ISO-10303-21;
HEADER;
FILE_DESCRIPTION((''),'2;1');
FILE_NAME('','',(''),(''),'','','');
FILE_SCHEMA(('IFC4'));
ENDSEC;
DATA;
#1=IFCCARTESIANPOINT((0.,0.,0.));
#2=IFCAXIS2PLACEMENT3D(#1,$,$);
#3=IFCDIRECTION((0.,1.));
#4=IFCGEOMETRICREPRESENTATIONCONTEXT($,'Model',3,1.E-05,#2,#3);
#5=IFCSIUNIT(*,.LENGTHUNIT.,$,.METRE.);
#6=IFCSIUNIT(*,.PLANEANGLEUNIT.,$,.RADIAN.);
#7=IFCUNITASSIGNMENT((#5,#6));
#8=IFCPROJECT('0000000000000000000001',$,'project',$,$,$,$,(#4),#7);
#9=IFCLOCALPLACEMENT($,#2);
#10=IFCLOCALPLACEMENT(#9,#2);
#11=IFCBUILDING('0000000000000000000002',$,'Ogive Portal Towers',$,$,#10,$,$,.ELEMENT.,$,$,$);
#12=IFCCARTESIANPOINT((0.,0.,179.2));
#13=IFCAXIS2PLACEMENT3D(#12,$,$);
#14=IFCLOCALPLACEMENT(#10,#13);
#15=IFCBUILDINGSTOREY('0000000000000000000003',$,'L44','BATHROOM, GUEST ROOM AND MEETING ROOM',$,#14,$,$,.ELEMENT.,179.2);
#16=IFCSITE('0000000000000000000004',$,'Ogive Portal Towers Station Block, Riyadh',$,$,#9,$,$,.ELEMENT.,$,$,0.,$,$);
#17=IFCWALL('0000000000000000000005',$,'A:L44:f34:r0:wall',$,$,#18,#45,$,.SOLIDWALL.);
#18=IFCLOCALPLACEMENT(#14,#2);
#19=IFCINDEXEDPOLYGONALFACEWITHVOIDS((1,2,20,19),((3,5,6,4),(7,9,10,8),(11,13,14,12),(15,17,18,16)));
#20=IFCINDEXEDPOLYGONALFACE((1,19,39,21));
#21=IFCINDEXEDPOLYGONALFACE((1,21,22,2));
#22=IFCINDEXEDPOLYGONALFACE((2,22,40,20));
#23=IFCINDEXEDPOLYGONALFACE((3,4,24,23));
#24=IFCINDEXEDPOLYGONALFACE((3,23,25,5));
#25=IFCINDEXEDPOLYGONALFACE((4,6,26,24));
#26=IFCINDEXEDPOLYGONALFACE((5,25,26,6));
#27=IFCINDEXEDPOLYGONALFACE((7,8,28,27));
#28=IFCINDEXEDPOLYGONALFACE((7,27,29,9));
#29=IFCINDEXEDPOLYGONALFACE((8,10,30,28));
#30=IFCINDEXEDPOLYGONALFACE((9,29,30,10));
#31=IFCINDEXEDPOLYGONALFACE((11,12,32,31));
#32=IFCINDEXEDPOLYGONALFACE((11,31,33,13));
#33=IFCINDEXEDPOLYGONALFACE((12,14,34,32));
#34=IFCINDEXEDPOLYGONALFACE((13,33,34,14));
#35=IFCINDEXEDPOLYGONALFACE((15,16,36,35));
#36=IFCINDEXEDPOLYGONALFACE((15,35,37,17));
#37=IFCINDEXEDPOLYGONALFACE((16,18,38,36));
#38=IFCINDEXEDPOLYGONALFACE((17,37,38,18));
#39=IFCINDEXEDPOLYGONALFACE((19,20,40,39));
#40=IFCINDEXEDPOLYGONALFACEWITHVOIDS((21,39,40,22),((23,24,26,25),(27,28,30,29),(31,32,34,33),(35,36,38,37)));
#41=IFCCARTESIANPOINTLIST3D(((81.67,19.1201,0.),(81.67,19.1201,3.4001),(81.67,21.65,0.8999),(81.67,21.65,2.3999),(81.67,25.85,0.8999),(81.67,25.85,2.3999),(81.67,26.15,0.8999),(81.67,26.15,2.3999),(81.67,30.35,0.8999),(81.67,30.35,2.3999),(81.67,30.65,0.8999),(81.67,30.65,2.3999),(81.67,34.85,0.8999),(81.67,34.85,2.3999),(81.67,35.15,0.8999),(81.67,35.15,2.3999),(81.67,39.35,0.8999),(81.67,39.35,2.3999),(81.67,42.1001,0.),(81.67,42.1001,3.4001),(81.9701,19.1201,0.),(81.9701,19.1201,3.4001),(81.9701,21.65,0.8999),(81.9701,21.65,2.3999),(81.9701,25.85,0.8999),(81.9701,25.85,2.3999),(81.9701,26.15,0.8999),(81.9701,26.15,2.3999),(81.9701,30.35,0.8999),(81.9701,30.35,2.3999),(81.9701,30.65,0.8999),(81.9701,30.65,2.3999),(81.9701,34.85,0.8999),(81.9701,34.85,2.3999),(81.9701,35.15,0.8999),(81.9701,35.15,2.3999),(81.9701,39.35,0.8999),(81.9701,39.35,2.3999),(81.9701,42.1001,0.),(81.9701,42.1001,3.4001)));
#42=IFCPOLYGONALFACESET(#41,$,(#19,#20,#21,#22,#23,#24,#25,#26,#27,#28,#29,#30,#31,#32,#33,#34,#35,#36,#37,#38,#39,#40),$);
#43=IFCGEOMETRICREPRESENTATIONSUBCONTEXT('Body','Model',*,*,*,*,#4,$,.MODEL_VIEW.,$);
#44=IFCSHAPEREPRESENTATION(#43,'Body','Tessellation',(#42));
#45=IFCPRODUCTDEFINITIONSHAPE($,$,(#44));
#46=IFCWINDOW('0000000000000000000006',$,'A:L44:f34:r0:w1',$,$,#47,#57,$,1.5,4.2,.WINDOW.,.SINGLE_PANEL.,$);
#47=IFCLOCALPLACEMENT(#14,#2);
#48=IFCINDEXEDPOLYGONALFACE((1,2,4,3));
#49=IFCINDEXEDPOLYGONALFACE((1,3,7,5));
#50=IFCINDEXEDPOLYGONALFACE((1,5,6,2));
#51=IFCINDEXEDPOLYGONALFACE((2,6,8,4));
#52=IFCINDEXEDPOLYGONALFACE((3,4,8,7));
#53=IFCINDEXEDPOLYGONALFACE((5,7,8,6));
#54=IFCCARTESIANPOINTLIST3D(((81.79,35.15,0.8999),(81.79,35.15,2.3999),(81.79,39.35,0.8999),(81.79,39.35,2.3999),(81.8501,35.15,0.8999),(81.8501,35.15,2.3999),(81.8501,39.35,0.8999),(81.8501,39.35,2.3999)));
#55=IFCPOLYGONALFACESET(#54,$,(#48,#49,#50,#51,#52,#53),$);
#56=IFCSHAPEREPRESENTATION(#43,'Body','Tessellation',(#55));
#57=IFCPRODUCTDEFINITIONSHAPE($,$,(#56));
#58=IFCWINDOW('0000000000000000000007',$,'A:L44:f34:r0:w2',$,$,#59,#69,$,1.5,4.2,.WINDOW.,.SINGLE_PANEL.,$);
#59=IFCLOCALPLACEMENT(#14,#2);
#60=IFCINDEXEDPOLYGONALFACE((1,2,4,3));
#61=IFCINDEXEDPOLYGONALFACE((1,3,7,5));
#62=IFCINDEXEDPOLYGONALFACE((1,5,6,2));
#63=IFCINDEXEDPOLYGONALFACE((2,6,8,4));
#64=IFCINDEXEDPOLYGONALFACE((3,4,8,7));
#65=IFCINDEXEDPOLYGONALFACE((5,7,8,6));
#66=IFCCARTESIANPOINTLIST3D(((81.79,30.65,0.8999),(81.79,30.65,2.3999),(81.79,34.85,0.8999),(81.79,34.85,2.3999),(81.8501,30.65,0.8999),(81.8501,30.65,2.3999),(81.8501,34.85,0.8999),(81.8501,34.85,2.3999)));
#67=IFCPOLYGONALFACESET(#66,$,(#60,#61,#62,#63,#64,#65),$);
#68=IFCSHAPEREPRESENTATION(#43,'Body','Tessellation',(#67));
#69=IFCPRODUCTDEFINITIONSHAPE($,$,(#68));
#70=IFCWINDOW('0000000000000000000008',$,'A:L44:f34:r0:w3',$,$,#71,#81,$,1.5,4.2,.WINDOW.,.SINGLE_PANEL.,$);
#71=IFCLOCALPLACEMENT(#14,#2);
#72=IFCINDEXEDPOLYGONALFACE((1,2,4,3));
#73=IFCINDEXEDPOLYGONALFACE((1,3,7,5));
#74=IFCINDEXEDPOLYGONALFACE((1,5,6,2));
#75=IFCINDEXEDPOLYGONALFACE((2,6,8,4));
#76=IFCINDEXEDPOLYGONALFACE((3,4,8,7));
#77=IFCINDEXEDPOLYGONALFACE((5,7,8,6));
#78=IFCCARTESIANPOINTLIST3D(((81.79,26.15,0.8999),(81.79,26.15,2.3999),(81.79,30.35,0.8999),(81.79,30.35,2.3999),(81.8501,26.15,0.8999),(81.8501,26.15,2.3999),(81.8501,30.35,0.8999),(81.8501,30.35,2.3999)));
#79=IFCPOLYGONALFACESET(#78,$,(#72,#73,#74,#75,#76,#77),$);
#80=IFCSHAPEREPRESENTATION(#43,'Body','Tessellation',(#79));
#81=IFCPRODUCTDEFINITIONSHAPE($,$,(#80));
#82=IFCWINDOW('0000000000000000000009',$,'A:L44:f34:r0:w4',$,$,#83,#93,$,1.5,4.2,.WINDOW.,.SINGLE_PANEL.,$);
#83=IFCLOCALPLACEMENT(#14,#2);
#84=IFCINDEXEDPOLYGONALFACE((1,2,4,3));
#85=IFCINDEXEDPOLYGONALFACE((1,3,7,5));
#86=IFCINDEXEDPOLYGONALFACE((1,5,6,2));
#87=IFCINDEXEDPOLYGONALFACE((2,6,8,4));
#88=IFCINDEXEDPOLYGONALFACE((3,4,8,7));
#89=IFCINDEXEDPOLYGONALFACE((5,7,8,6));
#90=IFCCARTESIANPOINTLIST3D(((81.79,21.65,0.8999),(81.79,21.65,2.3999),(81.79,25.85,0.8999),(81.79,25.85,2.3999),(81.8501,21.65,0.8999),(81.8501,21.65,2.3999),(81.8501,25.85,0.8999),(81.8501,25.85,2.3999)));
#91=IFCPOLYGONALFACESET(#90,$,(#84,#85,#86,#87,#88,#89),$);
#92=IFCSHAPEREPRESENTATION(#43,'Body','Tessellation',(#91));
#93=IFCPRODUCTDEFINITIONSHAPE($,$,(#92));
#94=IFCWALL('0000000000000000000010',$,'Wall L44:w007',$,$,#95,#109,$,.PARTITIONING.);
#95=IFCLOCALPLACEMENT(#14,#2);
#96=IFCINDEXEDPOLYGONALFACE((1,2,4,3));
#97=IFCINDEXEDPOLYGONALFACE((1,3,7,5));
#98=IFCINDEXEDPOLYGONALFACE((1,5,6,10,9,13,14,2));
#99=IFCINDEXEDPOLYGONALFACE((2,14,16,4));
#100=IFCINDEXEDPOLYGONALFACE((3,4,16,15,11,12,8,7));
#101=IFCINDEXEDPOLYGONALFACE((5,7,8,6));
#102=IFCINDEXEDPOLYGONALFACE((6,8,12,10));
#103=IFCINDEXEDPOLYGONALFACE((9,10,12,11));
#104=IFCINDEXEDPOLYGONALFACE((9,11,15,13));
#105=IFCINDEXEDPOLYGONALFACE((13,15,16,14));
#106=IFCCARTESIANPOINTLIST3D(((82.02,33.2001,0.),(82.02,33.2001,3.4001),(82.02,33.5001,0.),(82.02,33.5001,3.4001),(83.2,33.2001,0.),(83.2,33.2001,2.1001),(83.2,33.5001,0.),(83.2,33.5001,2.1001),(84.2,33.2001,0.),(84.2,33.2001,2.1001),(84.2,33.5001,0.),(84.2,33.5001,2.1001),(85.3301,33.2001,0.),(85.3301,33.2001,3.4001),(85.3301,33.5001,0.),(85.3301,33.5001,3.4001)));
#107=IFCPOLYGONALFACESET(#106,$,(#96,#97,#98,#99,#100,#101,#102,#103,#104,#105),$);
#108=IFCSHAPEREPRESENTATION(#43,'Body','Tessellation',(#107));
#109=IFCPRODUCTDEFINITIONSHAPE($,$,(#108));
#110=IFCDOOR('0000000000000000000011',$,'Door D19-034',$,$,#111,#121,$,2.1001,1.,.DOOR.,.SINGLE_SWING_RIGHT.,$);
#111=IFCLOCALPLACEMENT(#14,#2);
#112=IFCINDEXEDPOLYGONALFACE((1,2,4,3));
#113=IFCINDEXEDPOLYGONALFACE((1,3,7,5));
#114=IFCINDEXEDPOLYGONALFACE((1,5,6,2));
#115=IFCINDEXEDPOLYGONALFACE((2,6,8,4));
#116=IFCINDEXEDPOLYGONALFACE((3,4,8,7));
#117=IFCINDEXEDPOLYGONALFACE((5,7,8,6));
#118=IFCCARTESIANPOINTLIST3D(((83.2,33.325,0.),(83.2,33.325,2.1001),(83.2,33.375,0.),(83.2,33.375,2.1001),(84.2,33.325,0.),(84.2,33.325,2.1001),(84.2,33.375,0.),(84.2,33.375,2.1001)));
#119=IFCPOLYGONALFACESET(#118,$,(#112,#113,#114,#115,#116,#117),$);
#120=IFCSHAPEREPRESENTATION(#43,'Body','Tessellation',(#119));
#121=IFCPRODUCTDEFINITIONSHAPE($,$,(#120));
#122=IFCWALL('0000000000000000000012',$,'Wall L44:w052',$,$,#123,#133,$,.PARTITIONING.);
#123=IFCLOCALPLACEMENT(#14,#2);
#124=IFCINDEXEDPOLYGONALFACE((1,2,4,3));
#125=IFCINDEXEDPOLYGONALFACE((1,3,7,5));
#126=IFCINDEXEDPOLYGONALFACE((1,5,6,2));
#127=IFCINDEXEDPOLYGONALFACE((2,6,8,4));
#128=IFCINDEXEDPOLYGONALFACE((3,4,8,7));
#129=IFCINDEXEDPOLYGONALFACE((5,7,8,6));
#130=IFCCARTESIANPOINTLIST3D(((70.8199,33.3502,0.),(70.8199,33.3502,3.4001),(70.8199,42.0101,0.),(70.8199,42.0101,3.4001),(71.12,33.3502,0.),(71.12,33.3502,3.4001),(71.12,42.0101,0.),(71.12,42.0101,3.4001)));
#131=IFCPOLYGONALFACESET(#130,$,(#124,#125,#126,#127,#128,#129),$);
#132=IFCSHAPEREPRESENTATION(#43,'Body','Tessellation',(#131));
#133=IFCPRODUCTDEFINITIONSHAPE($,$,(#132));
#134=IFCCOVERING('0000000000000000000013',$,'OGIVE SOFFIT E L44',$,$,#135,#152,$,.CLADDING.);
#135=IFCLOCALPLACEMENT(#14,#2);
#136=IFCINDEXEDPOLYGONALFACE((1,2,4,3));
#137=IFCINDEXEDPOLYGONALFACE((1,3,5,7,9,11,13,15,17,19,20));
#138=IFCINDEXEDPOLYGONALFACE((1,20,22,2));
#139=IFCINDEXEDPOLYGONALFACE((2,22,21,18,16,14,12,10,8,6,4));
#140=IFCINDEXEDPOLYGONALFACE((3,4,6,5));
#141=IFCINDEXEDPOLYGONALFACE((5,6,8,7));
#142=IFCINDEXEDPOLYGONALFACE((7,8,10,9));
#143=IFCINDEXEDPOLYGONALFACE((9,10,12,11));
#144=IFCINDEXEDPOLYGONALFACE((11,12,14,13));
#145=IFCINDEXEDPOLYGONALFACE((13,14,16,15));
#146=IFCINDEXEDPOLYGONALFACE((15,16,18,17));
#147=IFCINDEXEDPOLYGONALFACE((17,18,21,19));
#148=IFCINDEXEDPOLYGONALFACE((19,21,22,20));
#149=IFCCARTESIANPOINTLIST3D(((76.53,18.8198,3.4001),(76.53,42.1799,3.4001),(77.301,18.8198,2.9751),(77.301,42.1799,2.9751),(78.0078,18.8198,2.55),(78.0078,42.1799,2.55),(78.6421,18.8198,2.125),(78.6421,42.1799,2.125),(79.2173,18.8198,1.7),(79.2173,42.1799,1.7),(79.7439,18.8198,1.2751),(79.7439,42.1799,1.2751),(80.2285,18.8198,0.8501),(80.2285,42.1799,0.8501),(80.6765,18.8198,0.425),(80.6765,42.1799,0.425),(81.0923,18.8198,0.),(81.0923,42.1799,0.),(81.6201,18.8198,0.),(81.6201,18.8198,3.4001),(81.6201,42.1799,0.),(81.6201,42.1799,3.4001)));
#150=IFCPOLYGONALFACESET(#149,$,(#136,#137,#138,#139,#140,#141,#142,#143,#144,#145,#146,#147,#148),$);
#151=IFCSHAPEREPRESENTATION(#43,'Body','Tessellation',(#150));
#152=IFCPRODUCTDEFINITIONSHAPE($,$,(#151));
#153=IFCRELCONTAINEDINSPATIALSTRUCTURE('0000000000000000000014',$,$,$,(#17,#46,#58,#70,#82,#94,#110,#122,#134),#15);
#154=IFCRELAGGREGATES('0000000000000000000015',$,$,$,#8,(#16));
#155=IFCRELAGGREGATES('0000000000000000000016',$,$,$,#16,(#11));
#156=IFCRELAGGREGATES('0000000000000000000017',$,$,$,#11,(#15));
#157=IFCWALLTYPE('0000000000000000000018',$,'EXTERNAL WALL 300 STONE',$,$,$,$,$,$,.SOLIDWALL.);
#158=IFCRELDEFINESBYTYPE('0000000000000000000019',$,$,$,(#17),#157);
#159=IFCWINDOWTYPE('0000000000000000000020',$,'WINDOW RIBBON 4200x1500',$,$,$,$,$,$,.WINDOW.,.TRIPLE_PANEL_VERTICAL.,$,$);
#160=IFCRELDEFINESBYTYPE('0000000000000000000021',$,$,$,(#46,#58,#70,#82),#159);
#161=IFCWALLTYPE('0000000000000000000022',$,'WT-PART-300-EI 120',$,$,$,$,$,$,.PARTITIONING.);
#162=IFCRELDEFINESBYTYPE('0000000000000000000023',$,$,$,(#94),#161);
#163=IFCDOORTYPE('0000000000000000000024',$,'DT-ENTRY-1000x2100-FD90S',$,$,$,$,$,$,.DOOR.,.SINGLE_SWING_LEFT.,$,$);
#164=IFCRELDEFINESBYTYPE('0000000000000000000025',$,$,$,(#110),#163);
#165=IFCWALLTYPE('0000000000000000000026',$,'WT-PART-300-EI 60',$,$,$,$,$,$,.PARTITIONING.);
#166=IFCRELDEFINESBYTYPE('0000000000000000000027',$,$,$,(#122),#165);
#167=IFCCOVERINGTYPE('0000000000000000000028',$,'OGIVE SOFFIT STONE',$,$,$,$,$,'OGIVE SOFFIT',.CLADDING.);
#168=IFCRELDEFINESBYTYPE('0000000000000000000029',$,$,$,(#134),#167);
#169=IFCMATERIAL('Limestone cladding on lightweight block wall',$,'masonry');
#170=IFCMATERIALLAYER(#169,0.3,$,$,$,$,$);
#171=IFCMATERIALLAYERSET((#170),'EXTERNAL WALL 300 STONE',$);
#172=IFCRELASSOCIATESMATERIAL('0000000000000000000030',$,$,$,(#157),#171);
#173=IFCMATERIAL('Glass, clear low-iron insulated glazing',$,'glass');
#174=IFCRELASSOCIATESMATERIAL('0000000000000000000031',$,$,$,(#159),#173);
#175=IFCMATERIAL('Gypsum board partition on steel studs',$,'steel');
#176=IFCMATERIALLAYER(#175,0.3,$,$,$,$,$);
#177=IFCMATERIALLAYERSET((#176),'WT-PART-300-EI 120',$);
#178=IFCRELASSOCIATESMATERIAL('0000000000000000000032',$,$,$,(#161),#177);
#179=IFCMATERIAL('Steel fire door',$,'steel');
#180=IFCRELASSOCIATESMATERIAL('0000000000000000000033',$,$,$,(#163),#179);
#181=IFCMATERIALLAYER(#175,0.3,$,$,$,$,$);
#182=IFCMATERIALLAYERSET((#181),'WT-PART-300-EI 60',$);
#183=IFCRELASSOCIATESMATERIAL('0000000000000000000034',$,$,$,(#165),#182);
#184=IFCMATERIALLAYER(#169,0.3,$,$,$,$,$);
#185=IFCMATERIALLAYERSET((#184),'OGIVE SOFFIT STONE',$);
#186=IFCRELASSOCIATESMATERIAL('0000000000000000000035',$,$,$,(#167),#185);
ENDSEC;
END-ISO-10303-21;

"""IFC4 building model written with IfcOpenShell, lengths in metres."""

from ifc_helpers import new_model, si_unit, direction, frame, frame_2d, origin, place, context, subcontext, project, spatial, polyline, rectangle, outline, extrude, material, layer, layer_set, type_object, element, fill, save


model = new_model("IFC4")

# Units and contexts
model_context = context("Model", 3, precision=1e-05, world=origin(), true_north=direction((0.0, 1.0)))
body_context = subcontext(model_context, "Body", "Model", "MODEL_VIEW")
ifc_project = project(units=[si_unit("LENGTHUNIT", "METRE"), si_unit("PLANEANGLEUNIT", "RADIAN")], contexts=[model_context])

# Site, building, storey
site_placement = place(None, origin())
site = spatial("IfcSite", under=ifc_project, at=site_placement, Name="Ogive Portal Towers Station Block, Riyadh", CompositionType="ELEMENT", RefElevation=0.0)
building_placement = place(site_placement, origin())
building = spatial("IfcBuilding", under=site, at=building_placement, Name="Ogive Portal Towers", CompositionType="ELEMENT")
storey_placement = place(building_placement, frame((0.0, 0.0, 179.2)))
storey = spatial("IfcBuildingStorey", under=building, at=storey_placement, Name="L44", Description="BATHROOM, GUEST ROOM AND MEETING ROOM", CompositionType="ELEMENT", Elevation=179.2)

# Shared definitions
ifc_material_1 = material(Name="Glass, clear low-iron insulated glazing", Category="glass")

# Wall, openings, windows
ifc_material_2 = material(Name="Limestone cladding on lightweight block wall", Category="masonry")
ifc_layer_1 = layer(ifc_material_2, 0.3)
ifc_layer_set_1 = layer_set([ifc_layer_1], Name="EXTERNAL WALL 300 STONE")
wall_type_1 = type_object("IfcWallType", Name="EXTERNAL WALL 300 STONE", PredefinedType="SOLIDWALL", material=ifc_layer_set_1)
wall_1_placement = place(storey_placement, frame((81.8201, 42.1001, 0.0), z_axis=(0.0, 0.0, 1.0), x_axis=(0.0, -1.0, 0.0)))
wall_1 = element("IfcWall", 1, at=wall_1_placement, inside=storey, type_object=wall_type_1, Name="A:L44:f34:r0:wall", PredefinedType="SOLIDWALL", context=body_context, shape_type="SweptSolid", body=[
    extrude(rectangle(XDim=22.98, YDim=0.3, at=frame_2d((11.49, 0.0))), origin(), (0.0, 0.0, 1.0), 3.4001),
])
opening_1_placement = place(wall_1_placement, frame((2.75, 0.0, 0.8999)))
opening_1 = element("IfcOpeningElement", 2, at=opening_1_placement, cuts=wall_1, PredefinedType="OPENING", context=body_context, shape_type="SweptSolid", body=[
    extrude(rectangle(XDim=4.2, YDim=1.5, at=frame_2d((2.1001, 0.75))), frame((0.0, 0.1602, 0.0), z_axis=(0.0, -1.0, 0.0), x_axis=(1.0, 0.0, 0.0)), (0.0, 0.0, 1.0), 0.3201),
])
opening_2_placement = place(wall_1_placement, frame((7.25, 0.0, 0.8999)))
opening_2 = element("IfcOpeningElement", 3, at=opening_2_placement, cuts=wall_1, PredefinedType="OPENING", context=body_context, shape_type="SweptSolid", body=[
    extrude(rectangle(XDim=4.2, YDim=1.5, at=frame_2d((2.1001, 0.75))), frame((0.0, 0.1602, 0.0), z_axis=(0.0, -1.0, 0.0), x_axis=(1.0, 0.0, 0.0)), (0.0, 0.0, 1.0), 0.3201),
])
opening_3_placement = place(wall_1_placement, frame((11.75, 0.0, 0.8999)))
opening_3 = element("IfcOpeningElement", 4, at=opening_3_placement, cuts=wall_1, PredefinedType="OPENING", context=body_context, shape_type="SweptSolid", body=[
    extrude(rectangle(XDim=4.2, YDim=1.5, at=frame_2d((2.1001, 0.75))), frame((0.0, 0.1602, 0.0), z_axis=(0.0, -1.0, 0.0), x_axis=(1.0, 0.0, 0.0)), (0.0, 0.0, 1.0), 0.3201),
])
opening_4_placement = place(wall_1_placement, frame((16.25, 0.0, 0.8999)))
opening_4 = element("IfcOpeningElement", 5, at=opening_4_placement, cuts=wall_1, PredefinedType="OPENING", context=body_context, shape_type="SweptSolid", body=[
    extrude(rectangle(XDim=4.2, YDim=1.5, at=frame_2d((2.1001, 0.75))), frame((0.0, 0.1602, 0.0), z_axis=(0.0, -1.0, 0.0), x_axis=(1.0, 0.0, 0.0)), (0.0, 0.0, 1.0), 0.3201),
])
window_type = type_object("IfcWindowType", Name="WINDOW RIBBON 4200x1500", PartitioningType="TRIPLE_PANEL_VERTICAL", PredefinedType="WINDOW", material=ifc_material_1)
window_1_placement = place(opening_1_placement, origin())
window_1 = element("IfcWindow", 6, at=window_1_placement, inside=storey, type_object=window_type, Name="A:L44:f34:r0:w1", OverallHeight=1.5, OverallWidth=4.2, PartitioningType="SINGLE_PANEL", PredefinedType="WINDOW", context=body_context, shape_type="SweptSolid", body=[
    extrude(rectangle(XDim=4.2, YDim=1.5, at=frame_2d((2.1001, 0.75))), frame((0.0, 0.03, 0.0), z_axis=(0.0, -1.0, 0.0), x_axis=(1.0, 0.0, 0.0)), (0.0, 0.0, 1.0), 0.0601),
])
fill(opening_1, window_1)
window_2_placement = place(opening_2_placement, origin())
window_2 = element("IfcWindow", 7, at=window_2_placement, inside=storey, type_object=window_type, Name="A:L44:f34:r0:w2", OverallHeight=1.5, OverallWidth=4.2, PartitioningType="SINGLE_PANEL", PredefinedType="WINDOW", context=body_context, shape_type="SweptSolid", body=[
    extrude(rectangle(XDim=4.2, YDim=1.5, at=frame_2d((2.1001, 0.75))), frame((0.0, 0.03, 0.0), z_axis=(0.0, -1.0, 0.0), x_axis=(1.0, 0.0, 0.0)), (0.0, 0.0, 1.0), 0.0601),
])
fill(opening_2, window_2)
window_3_placement = place(opening_3_placement, origin())
window_3 = element("IfcWindow", 8, at=window_3_placement, inside=storey, type_object=window_type, Name="A:L44:f34:r0:w3", OverallHeight=1.5, OverallWidth=4.2, PartitioningType="SINGLE_PANEL", PredefinedType="WINDOW", context=body_context, shape_type="SweptSolid", body=[
    extrude(rectangle(XDim=4.2, YDim=1.5, at=frame_2d((2.1001, 0.75))), frame((0.0, 0.03, 0.0), z_axis=(0.0, -1.0, 0.0), x_axis=(1.0, 0.0, 0.0)), (0.0, 0.0, 1.0), 0.0601),
])
fill(opening_3, window_3)
window_4_placement = place(opening_4_placement, origin())
window_4 = element("IfcWindow", 9, at=window_4_placement, inside=storey, type_object=window_type, Name="A:L44:f34:r0:w4", OverallHeight=1.5, OverallWidth=4.2, PartitioningType="SINGLE_PANEL", PredefinedType="WINDOW", context=body_context, shape_type="SweptSolid", body=[
    extrude(rectangle(XDim=4.2, YDim=1.5, at=frame_2d((2.1001, 0.75))), frame((0.0, 0.03, 0.0), z_axis=(0.0, -1.0, 0.0), x_axis=(1.0, 0.0, 0.0)), (0.0, 0.0, 1.0), 0.0601),
])
fill(opening_4, window_4)

# Wall, opening, door
ifc_material_3 = material(Name="Gypsum board partition on steel studs", Category="steel")
ifc_layer_2 = layer(ifc_material_3, 0.3)
ifc_layer_set_2 = layer_set([ifc_layer_2], Name="WT-PART-300-EI 120")
wall_type_2 = type_object("IfcWallType", Name="WT-PART-300-EI 120", PredefinedType="PARTITIONING", material=ifc_layer_set_2)
wall_2_placement = place(storey_placement, frame((82.02, 33.3501, 0.0), z_axis=(0.0, 0.0, 1.0), x_axis=(1.0, 0.0, 0.0)))
wall_2 = element("IfcWall", 10, at=wall_2_placement, inside=storey, type_object=wall_type_2, Name="Wall L44:w007", PredefinedType="PARTITIONING", context=body_context, shape_type="SweptSolid", body=[
    extrude(rectangle(XDim=3.3101, YDim=0.3, at=frame_2d((1.655, 0.0))), origin(), (0.0, 0.0, 1.0), 3.4001),
])
opening_5_placement = place(wall_2_placement, frame((1.1799, 0.0, 0.0)))
opening_5 = element("IfcOpeningElement", 11, at=opening_5_placement, cuts=wall_2, PredefinedType="OPENING", context=body_context, shape_type="SweptSolid", body=[
    extrude(rectangle(XDim=1.0, YDim=2.1001, at=frame_2d((0.5, 1.05))), frame((0.0, 0.1602, 0.0), z_axis=(0.0, -1.0, 0.0), x_axis=(1.0, 0.0, 0.0)), (0.0, 0.0, 1.0), 0.3201),
])
ifc_material_4 = material(Name="Steel fire door", Category="steel")
door_type = type_object("IfcDoorType", Name="DT-ENTRY-1000x2100-FD90S", OperationType="SINGLE_SWING_LEFT", PredefinedType="DOOR", material=ifc_material_4)
door_placement = place(opening_5_placement, origin())
door = element("IfcDoor", 12, at=door_placement, inside=storey, type_object=door_type, Name="Door D19-034", OperationType="SINGLE_SWING_RIGHT", OverallHeight=2.1001, OverallWidth=1.0, PredefinedType="DOOR", context=body_context, shape_type="SweptSolid", body=[
    extrude(rectangle(XDim=1.0, YDim=2.1001, at=frame_2d((0.5, 1.05))), frame((0.0, 0.0249, 0.0), z_axis=(0.0, -1.0, 0.0), x_axis=(1.0, 0.0, 0.0)), (0.0, 0.0, 1.0), 0.05),
])
fill(opening_5, door)

# Wall
ifc_layer_3 = layer(ifc_material_3, 0.3)
ifc_layer_set_3 = layer_set([ifc_layer_3], Name="WT-PART-300-EI 60")
wall_type_3 = type_object("IfcWallType", Name="WT-PART-300-EI 60", PredefinedType="PARTITIONING", material=ifc_layer_set_3)
wall_3_placement = place(storey_placement, frame((70.97, 33.3501, 0.0), z_axis=(0.0, 0.0, 1.0), x_axis=(0.0, 1.0, 0.0)))
element("IfcWall", 13, at=wall_3_placement, inside=storey, type_object=wall_type_3, Name="Wall L44:w052", PredefinedType="PARTITIONING", context=body_context, shape_type="SweptSolid", body=[
    extrude(rectangle(XDim=8.6599, YDim=0.3, at=frame_2d((4.3301, 0.0))), origin(), (0.0, 0.0, 1.0), 3.4001),
])

# Covering
ifc_layer_4 = layer(ifc_material_2, 0.3)
ifc_layer_set_4 = layer_set([ifc_layer_4], Name="OGIVE SOFFIT STONE")
covering_type_1 = type_object("IfcCoveringType", Name="OGIVE SOFFIT STONE", ElementType="OGIVE SOFFIT", PredefinedType="CLADDING", material=ifc_layer_set_4)
covering_1_placement = place(storey_placement, frame((81.6201, 42.1799, 0.0), z_axis=(0.0, 1.0, 0.0), x_axis=(-1.0, 0.0, 0.0)))
element("IfcCovering", 14, at=covering_1_placement, inside=storey, type_object=covering_type_1, Name="OGIVE SOFFIT E L44", PredefinedType="CLADDING", context=body_context, shape_type="SweptSolid", body=[
    extrude(outline(polyline([(0.0, 0.0), (0.5278, 0.0), (0.9436, 0.425), (1.3916, 0.8501), (1.8762, 1.2751), (2.4028, 1.7), (2.978, 2.125), (3.6123, 2.55), (4.3191, 2.9751), (5.0901, 3.4001), (0.0, 3.4001), (0.0, 0.0)])), origin(), (0.0, 0.0, -1.0), 23.3601),
])

save(model, "model.ifc")
